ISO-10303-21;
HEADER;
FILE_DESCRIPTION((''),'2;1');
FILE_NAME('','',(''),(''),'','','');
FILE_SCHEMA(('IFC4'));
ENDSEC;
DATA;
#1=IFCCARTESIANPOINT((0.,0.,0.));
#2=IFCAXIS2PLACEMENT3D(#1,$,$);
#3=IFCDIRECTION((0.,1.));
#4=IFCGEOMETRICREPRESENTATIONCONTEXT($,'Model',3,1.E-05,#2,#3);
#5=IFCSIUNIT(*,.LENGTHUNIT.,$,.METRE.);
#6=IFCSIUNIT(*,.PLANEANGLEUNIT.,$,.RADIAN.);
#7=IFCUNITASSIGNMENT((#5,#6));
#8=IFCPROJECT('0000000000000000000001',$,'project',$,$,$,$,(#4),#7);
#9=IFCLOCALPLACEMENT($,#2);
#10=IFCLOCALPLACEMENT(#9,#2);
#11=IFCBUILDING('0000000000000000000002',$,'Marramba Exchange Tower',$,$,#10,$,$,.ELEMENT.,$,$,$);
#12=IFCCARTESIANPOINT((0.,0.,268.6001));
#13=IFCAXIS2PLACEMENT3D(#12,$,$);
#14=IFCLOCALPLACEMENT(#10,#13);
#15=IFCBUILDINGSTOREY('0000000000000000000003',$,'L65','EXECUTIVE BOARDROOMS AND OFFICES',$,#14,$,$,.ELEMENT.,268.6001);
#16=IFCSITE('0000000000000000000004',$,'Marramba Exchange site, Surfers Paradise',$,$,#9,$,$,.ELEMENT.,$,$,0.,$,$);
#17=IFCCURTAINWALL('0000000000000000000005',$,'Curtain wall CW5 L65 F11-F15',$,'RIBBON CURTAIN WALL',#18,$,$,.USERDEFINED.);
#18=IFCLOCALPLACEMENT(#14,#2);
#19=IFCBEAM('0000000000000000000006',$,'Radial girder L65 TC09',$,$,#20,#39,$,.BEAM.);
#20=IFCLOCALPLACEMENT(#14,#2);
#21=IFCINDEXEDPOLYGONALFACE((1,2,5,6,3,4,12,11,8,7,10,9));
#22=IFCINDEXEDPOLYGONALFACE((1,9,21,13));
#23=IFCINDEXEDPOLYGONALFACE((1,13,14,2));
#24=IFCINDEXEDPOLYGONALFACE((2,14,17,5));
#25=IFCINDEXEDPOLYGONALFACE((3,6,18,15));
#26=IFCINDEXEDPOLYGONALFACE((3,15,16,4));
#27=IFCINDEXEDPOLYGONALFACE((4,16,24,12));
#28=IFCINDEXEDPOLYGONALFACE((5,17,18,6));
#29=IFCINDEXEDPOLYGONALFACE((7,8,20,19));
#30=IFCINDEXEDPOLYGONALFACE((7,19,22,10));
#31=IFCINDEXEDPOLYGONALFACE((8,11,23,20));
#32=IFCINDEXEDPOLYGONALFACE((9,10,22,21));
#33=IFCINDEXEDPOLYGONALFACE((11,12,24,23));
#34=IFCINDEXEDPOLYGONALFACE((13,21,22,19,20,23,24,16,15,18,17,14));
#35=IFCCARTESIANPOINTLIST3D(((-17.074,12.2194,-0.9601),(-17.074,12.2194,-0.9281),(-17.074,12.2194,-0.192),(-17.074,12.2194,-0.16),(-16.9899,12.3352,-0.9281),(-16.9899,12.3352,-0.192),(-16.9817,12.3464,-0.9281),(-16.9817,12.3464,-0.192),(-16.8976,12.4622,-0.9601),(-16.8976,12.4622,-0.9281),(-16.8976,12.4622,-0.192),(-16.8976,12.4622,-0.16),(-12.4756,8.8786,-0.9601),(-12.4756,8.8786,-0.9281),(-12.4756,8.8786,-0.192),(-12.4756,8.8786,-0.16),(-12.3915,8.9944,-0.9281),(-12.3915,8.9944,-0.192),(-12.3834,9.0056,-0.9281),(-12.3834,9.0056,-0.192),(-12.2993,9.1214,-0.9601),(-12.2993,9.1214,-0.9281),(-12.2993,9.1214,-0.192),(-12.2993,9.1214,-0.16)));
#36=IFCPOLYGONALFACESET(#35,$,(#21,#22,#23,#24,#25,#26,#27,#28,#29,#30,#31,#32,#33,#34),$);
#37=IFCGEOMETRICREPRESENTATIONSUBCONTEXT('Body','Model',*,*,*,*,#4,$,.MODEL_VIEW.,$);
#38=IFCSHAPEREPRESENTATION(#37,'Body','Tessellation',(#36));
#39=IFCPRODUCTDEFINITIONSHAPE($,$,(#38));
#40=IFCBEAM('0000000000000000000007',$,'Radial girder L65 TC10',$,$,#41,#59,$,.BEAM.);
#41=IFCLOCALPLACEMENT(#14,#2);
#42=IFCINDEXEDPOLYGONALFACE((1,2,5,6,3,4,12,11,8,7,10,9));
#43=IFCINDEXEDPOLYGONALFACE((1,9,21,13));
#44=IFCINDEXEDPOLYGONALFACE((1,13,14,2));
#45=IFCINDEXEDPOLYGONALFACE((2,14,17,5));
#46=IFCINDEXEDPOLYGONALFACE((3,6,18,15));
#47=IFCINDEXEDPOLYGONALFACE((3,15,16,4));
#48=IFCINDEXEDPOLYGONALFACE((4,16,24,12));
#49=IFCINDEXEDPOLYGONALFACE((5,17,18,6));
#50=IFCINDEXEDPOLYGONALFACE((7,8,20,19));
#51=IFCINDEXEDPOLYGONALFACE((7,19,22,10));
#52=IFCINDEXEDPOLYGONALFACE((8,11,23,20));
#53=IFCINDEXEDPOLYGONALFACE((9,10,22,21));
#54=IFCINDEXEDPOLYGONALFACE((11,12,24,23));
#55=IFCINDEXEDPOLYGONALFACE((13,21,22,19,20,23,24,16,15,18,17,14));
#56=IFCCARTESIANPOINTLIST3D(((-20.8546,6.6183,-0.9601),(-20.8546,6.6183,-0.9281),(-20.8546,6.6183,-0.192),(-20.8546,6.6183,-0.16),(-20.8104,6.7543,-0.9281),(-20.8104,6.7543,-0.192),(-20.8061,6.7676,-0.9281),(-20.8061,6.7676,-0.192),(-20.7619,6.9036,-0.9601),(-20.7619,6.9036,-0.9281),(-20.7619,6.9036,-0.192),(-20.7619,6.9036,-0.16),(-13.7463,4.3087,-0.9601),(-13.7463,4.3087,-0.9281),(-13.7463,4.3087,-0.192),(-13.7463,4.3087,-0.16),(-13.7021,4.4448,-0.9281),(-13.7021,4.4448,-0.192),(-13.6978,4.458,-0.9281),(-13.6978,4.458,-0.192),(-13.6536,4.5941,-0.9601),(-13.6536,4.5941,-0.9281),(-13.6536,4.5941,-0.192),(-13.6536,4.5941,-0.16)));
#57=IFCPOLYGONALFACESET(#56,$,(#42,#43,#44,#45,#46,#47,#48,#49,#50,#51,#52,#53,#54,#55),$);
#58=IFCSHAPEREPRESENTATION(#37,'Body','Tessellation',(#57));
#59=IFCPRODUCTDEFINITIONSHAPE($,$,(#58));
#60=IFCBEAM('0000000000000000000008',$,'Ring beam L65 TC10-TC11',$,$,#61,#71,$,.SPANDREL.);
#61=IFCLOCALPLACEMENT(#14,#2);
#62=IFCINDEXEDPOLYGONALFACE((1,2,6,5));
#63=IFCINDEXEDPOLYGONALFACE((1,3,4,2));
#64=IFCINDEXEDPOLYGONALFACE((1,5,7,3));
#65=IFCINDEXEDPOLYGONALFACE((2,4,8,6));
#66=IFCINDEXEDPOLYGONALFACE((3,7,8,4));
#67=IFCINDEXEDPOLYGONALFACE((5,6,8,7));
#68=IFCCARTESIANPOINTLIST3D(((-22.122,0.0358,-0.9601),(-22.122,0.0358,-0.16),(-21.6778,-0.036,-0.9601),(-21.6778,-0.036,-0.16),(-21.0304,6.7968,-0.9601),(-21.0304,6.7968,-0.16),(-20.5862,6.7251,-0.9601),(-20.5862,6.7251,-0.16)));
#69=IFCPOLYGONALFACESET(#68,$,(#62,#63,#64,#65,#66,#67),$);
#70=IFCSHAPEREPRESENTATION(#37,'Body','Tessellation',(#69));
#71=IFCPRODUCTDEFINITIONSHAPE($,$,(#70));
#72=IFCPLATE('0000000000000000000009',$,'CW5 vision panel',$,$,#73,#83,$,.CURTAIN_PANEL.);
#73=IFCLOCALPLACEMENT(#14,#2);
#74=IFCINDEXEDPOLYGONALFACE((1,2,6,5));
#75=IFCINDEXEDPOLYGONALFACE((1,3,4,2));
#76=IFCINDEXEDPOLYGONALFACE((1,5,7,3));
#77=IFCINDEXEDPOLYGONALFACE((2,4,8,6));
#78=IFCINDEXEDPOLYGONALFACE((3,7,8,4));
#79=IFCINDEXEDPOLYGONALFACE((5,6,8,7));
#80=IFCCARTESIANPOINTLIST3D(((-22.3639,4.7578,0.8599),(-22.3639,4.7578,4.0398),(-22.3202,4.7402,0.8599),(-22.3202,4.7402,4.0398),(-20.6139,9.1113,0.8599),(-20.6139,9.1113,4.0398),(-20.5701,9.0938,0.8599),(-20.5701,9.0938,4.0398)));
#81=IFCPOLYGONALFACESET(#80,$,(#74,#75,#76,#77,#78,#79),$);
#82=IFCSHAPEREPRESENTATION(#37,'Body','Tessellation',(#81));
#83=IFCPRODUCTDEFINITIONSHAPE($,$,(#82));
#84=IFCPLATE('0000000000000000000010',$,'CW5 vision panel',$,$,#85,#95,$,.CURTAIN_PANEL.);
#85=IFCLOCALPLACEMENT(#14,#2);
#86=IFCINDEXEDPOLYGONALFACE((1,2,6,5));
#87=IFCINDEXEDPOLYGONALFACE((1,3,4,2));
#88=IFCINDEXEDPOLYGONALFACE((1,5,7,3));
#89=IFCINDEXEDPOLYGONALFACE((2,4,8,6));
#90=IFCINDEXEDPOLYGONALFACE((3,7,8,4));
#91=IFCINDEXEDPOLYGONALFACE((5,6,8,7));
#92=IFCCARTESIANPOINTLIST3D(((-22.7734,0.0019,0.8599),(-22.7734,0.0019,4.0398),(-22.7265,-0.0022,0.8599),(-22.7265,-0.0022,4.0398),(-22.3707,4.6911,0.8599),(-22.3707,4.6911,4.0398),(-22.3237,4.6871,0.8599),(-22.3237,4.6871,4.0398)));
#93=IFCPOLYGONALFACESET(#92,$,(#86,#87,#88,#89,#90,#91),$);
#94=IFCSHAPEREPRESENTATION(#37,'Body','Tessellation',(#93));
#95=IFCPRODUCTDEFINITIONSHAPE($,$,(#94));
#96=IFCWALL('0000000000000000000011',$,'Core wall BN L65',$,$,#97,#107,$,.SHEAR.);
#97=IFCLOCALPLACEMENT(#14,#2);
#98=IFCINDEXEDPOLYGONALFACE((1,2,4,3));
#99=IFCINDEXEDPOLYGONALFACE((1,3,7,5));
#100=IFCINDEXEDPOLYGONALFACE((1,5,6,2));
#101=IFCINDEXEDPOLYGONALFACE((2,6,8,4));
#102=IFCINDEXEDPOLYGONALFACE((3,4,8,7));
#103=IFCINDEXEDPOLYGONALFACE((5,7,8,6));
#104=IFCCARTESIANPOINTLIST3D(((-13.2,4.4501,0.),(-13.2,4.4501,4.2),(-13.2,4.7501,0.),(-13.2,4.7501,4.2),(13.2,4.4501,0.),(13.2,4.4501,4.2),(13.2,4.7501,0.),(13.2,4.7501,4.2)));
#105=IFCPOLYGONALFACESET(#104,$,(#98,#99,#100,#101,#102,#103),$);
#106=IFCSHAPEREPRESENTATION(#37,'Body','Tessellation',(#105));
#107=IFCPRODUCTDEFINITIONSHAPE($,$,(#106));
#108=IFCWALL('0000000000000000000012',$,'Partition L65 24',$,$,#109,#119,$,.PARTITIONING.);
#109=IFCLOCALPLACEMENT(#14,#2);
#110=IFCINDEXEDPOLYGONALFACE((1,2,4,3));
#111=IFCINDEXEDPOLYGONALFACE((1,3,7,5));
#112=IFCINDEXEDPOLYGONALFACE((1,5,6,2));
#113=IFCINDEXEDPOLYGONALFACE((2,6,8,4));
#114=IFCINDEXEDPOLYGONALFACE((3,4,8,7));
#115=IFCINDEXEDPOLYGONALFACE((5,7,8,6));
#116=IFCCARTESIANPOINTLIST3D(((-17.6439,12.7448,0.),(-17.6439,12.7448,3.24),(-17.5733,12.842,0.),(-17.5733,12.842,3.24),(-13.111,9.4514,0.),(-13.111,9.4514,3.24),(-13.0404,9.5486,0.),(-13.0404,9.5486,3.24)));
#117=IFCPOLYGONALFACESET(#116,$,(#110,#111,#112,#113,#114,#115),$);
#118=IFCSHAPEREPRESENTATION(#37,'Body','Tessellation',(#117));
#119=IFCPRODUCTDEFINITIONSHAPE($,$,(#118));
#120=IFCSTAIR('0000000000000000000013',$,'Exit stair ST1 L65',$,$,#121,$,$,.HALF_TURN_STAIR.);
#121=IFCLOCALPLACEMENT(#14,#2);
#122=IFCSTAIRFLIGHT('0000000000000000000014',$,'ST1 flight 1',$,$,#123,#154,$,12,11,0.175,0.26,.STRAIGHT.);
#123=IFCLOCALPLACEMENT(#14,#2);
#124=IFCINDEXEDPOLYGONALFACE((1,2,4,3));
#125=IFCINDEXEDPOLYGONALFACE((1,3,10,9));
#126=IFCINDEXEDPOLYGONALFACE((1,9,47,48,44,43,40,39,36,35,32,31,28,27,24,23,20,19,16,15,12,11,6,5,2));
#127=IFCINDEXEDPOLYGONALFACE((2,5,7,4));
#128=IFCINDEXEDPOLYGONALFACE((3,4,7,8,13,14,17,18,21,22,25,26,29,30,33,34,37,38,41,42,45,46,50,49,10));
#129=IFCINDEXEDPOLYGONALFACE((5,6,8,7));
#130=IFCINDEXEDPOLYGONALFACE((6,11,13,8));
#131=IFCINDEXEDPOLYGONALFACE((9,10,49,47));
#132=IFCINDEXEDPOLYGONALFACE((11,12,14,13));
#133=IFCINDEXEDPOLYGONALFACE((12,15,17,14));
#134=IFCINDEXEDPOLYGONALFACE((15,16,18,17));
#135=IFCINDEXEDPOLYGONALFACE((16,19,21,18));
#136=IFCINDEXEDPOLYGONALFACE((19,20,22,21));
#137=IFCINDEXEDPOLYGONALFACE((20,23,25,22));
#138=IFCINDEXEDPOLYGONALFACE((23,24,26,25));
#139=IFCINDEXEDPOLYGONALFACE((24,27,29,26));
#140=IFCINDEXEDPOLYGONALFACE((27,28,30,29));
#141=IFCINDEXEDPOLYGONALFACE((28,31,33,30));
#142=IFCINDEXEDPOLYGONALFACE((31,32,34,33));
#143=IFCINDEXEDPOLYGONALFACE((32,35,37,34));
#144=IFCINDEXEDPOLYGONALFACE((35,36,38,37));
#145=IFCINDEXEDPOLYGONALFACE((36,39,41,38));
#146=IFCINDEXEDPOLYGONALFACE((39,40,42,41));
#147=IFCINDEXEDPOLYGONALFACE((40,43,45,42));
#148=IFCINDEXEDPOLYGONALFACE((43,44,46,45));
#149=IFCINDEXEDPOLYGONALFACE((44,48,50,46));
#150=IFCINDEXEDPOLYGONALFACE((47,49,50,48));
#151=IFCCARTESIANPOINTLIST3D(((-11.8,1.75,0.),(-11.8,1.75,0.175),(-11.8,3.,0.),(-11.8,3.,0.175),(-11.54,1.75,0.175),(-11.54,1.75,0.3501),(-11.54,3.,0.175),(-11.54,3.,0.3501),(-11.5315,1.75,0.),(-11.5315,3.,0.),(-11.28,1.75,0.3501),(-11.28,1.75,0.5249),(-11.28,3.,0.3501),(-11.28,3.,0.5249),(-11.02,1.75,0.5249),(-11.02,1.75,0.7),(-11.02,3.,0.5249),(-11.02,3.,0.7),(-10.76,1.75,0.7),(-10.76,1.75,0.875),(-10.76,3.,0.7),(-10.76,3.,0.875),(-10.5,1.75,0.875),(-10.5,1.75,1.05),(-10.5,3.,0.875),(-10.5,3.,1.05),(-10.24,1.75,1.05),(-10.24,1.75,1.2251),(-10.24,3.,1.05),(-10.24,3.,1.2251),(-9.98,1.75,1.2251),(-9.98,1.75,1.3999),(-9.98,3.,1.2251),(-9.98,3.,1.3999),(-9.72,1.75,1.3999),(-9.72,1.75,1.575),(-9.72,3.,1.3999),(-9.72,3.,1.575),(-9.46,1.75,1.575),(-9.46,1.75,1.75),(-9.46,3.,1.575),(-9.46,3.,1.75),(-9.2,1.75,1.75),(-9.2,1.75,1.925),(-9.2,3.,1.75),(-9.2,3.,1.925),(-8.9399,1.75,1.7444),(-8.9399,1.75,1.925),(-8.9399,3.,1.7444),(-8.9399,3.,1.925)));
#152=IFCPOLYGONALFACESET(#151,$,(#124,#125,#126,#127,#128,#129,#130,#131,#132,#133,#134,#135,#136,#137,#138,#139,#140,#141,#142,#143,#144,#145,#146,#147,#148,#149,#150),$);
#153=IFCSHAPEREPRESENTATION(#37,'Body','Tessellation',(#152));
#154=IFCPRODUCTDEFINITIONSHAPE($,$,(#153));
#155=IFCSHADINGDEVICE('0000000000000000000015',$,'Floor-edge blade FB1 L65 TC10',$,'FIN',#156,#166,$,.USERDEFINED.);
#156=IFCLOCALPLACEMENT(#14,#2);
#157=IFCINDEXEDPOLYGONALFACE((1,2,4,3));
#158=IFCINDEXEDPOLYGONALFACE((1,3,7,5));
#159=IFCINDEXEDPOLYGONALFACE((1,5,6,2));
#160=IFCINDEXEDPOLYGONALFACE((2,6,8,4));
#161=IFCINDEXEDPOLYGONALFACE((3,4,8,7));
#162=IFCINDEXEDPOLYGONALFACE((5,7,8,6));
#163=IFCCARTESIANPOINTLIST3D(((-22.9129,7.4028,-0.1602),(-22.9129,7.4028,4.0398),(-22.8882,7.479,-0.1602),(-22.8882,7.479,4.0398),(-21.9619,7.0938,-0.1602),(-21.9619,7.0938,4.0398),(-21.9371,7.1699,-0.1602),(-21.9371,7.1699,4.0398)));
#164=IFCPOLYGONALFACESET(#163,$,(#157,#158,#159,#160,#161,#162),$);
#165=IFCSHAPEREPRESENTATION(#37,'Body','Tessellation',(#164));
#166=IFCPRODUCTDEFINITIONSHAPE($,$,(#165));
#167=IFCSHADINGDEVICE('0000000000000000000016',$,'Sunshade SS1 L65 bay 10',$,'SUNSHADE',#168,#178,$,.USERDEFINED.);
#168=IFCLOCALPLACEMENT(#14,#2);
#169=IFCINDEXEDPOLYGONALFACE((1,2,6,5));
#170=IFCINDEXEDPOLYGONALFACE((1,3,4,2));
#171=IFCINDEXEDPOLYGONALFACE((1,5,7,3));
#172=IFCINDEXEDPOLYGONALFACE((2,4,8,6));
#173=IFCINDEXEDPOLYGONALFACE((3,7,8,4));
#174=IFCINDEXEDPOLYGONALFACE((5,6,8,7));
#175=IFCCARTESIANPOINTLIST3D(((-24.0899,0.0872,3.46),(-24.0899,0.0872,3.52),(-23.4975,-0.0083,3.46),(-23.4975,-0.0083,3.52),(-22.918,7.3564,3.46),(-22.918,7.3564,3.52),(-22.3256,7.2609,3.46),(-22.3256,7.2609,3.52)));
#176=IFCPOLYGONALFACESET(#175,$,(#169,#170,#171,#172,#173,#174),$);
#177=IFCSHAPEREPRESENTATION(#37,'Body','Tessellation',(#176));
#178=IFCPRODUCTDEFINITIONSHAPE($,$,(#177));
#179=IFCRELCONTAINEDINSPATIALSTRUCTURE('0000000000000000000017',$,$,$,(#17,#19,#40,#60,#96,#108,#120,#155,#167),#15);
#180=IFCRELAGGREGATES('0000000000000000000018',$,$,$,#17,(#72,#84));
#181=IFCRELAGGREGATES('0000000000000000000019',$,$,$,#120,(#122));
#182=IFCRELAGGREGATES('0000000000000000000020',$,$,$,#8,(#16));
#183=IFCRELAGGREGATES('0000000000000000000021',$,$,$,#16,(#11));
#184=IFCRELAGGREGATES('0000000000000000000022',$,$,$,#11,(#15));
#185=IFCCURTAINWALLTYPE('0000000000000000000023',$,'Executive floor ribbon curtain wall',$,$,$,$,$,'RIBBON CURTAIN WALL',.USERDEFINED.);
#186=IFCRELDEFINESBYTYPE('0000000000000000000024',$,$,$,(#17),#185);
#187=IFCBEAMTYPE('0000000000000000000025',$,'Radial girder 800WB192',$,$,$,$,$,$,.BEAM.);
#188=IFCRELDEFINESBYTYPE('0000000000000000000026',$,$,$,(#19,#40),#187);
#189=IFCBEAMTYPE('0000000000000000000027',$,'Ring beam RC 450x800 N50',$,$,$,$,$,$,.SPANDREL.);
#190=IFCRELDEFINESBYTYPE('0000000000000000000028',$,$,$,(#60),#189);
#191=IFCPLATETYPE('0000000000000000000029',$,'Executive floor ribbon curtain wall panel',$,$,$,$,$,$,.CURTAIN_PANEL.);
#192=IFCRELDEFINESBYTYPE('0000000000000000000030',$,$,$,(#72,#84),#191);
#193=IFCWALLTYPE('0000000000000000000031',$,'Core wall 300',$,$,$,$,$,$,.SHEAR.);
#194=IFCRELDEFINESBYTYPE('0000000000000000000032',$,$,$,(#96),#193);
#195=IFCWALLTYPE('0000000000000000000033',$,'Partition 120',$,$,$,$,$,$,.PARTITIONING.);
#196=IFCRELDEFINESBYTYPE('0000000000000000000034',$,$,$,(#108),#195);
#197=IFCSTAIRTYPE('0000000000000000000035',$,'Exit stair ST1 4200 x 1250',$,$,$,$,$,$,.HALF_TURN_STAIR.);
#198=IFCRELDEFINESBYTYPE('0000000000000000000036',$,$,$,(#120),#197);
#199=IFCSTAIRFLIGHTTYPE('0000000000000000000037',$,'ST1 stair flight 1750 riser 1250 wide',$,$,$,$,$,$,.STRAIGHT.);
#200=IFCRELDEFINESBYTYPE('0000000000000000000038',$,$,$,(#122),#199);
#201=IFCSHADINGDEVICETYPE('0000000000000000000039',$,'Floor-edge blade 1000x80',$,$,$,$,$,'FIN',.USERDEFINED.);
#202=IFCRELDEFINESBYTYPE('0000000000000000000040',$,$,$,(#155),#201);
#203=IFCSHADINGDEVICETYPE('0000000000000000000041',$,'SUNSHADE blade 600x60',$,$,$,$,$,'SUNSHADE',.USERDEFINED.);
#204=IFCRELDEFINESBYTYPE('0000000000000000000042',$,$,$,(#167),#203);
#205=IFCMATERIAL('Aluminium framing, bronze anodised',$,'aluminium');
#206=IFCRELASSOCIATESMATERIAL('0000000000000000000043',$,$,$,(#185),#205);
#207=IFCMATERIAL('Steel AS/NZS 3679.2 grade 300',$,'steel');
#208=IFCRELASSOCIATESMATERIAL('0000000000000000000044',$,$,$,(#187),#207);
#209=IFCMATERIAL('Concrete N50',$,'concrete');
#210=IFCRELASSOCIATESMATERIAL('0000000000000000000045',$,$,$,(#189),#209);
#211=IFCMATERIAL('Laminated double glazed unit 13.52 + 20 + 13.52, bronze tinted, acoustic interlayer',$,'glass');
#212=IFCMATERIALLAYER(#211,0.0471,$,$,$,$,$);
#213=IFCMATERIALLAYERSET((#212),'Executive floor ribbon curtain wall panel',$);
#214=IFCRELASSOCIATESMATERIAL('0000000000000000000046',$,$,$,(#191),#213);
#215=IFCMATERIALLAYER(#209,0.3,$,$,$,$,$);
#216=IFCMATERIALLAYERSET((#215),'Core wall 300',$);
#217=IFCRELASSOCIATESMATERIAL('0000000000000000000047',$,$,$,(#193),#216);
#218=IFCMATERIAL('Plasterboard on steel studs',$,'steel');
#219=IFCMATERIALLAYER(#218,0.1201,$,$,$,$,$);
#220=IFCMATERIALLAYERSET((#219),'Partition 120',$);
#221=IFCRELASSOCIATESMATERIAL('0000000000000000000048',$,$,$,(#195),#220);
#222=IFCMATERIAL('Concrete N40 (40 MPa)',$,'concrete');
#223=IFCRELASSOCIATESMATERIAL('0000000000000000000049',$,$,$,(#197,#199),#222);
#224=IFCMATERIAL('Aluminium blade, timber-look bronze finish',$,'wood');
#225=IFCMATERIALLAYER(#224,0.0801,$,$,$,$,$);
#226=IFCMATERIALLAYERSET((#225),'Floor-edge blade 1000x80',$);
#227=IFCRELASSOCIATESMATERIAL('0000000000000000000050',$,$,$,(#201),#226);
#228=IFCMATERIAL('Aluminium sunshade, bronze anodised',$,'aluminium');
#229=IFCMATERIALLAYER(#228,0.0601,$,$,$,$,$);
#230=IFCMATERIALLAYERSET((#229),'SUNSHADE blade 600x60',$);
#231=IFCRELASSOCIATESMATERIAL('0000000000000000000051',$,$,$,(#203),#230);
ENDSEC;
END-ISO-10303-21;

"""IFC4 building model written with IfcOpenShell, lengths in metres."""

from ifc_helpers import new_model, si_unit, direction, frame, frame_2d, origin, origin_2d, place, context, subcontext, project, spatial, polyline, rectangle, i_section, outline, extrude, material, layer, layer_set, material_profile, profile_set, type_object, element, aggregate, save


model = new_model("IFC4")

# Units and contexts
model_context = context("Model", 3, precision=1e-05, world=origin(), true_north=direction((0.0, 1.0)))
body_context = subcontext(model_context, "Body", "Model", "MODEL_VIEW")
ifc_project = project(units=[si_unit("LENGTHUNIT", "METRE"), si_unit("PLANEANGLEUNIT", "RADIAN")], contexts=[model_context])

# Site, building, storey
site_placement = place(None, origin())
site = spatial("IfcSite", under=ifc_project, at=site_placement, Name="Marramba Exchange site, Surfers Paradise", CompositionType="ELEMENT", RefElevation=0.0)
building_placement = place(site_placement, origin())
building = spatial("IfcBuilding", under=site, at=building_placement, Name="Marramba Exchange Tower", CompositionType="ELEMENT")
storey_placement = place(building_placement, frame((0.0, 0.0, 268.6001)))
storey = spatial("IfcBuildingStorey", under=building, at=storey_placement, Name="L65", Description="EXECUTIVE BOARDROOMS AND OFFICES", CompositionType="ELEMENT", Elevation=268.6001)

# Shared definitions
ifc_material_1 = material(Name="Concrete N50", Category="concrete")

# Curtain wall
ifc_material_2 = material(Name="Aluminium framing, bronze anodised", Category="aluminium")
curtain_wall_type = type_object("IfcCurtainWallType", Name="Executive floor ribbon curtain wall", ElementType="RIBBON CURTAIN WALL", PredefinedType="USERDEFINED", material=ifc_material_2)
curtain_wall_placement = place(storey_placement, origin())
curtain_wall = element("IfcCurtainWall", 1, at=curtain_wall_placement, inside=storey, type_object=curtain_wall_type, Name="Curtain wall CW5 L65 F11-F15", ObjectType="RIBBON CURTAIN WALL", PredefinedType="USERDEFINED")

# Beams
ifc_material_3 = material(Name="Steel AS/NZS 3679.2 grade 300", Category="steel")
ifc_material_profile_1 = material_profile(ifc_material_3, i_section(OverallWidth=0.3, OverallDepth=0.8, WebThickness=0.0139, FlangeThickness=0.032, at=origin_2d()), Name="800WB192")
ifc_profile_set_1 = profile_set([ifc_material_profile_1], Name="Steel AS/NZS 3679.2 grade 300")
beam_type_1 = type_object("IfcBeamType", Name="Radial girder 800WB192", PredefinedType="BEAM", material=ifc_profile_set_1)
beam_1_placement = place(storey_placement, frame((-12.3875, 9.0, -0.5601), z_axis=(-0.809026, 0.587773, 0.0), x_axis=(-0.587773, -0.809026, 0.0)))
element("IfcBeam", 2, at=beam_1_placement, inside=storey, type_object=beam_type_1, Name="Radial girder L65 TC09", PredefinedType="BEAM", context=body_context, shape_type="SweptSolid", body=[
    extrude(i_section(OverallWidth=0.3, OverallDepth=0.8, WebThickness=0.0139, FlangeThickness=0.032, at=origin_2d()), origin(), (0.0, 0.0, 1.0), 5.6838),
])
beam_2_placement = place(storey_placement, frame((-13.7, 4.4514, -0.5601), z_axis=(-0.95106, 0.309006, 0.0), x_axis=(-0.309006, -0.95106, 0.0)))
element("IfcBeam", 3, at=beam_2_placement, inside=storey, type_object=beam_type_1, Name="Radial girder L65 TC10", PredefinedType="BEAM", context=body_context, shape_type="SweptSolid", body=[
    extrude(i_section(OverallWidth=0.3, OverallDepth=0.8, WebThickness=0.0139, FlangeThickness=0.032, at=origin_2d()), origin(), (0.0, 0.0, 1.0), 7.4741),
])
ifc_material_profile_2 = material_profile(ifc_material_1, rectangle(XDim=0.45, YDim=0.8, at=origin_2d()), Name="RC 450x800")
ifc_profile_set_2 = profile_set([ifc_material_profile_2], Name="Concrete N50")
beam_type_2 = type_object("IfcBeamType", Name="Ring beam RC 450x800 N50", PredefinedType="SPANDREL", material=ifc_profile_set_2)
beam_3_placement = place(storey_placement, frame((-20.8083, 6.761, -0.5601), z_axis=(-0.159385, -0.987217, 0.0), x_axis=(0.987217, -0.159385, 0.0)))
element("IfcBeam", 4, at=beam_3_placement, inside=storey, type_object=beam_type_2, Name="Ring beam L65 TC10-TC11", PredefinedType="SPANDREL", context=body_context, shape_type="SweptSolid", body=[
    extrude(rectangle(XDim=0.45, YDim=0.8, at=origin_2d()), origin(), (0.0, 0.0, 1.0), 6.8486),
])

# Plates
ifc_material_4 = material(Name="Laminated double glazed unit 13.52 + 20 + 13.52, bronze tinted, acoustic interlayer", Category="glass")
ifc_layer_1 = layer(ifc_material_4, 0.0471)
ifc_layer_set_1 = layer_set([ifc_layer_1], Name="Executive floor ribbon curtain wall panel")
plate_type = type_object("IfcPlateType", Name="Executive floor ribbon curtain wall panel", PredefinedType="CURTAIN_PANEL", material=ifc_layer_set_1)
plate_1_placement = place(storey_placement, frame((-21.467, 6.9258, 0.8599), z_axis=(0.0, 0.0, 1.0), x_axis=(-0.372983, -0.927838, 0.0)))
plate_1 = element("IfcPlate", 5, at=plate_1_placement, type_object=plate_type, Name="CW5 vision panel", PredefinedType="CURTAIN_PANEL", context=body_context, shape_type="SweptSolid", body=[
    extrude(rectangle(XDim=4.6921, YDim=0.0471, at=origin_2d()), origin(), (0.0, 0.0, 1.0), 3.1799),
])
plate_2_placement = place(storey_placement, frame((-22.5486, 2.3445, 0.8599), z_axis=(0.0, 0.0, 1.0), x_axis=(-0.085574, -0.996332, 0.0)))
plate_2 = element("IfcPlate", 6, at=plate_2_placement, type_object=plate_type, Name="CW5 vision panel", PredefinedType="CURTAIN_PANEL", context=body_context, shape_type="SweptSolid", body=[
    extrude(rectangle(XDim=4.7065, YDim=0.0471, at=origin_2d()), origin(), (0.0, 0.0, 1.0), 3.1799),
])
aggregate(curtain_wall, [plate_1, plate_2])

# Walls
ifc_layer_2 = layer(ifc_material_1, 0.3)
ifc_layer_set_2 = layer_set([ifc_layer_2], Name="Core wall 300")
wall_type_1 = type_object("IfcWallType", Name="Core wall 300", PredefinedType="SHEAR", material=ifc_layer_set_2)
wall_1_placement = place(storey_placement, frame((-13.2, 4.6001, 0.0), z_axis=(0.0, 0.0, 1.0), x_axis=(1.0, 0.0, 0.0)))
element("IfcWall", 7, at=wall_1_placement, inside=storey, type_object=wall_type_1, Name="Core wall BN L65", PredefinedType="SHEAR", context=body_context, shape_type="SweptSolid", body=[
    extrude(rectangle(XDim=26.3999, YDim=0.3, at=frame_2d((13.2, 0.0))), origin(), (0.0, 0.0, 1.0), 4.2),
])
ifc_material_5 = material(Name="Plasterboard on steel studs", Category="steel")
ifc_layer_3 = layer(ifc_material_5, 0.1201)
ifc_layer_set_3 = layer_set([ifc_layer_3], Name="Partition 120")
wall_type_2 = type_object("IfcWallType", Name="Partition 120", PredefinedType="PARTITIONING", material=ifc_layer_set_3)
wall_2_placement = place(storey_placement, frame((-13.0757, 9.5, 0.0), z_axis=(0.0, 0.0, 1.0), x_axis=(-0.809011, 0.587793, 0.0)))
element("IfcWall", 8, at=wall_2_placement, inside=storey, type_object=wall_type_2, Name="Partition L65 24", PredefinedType="PARTITIONING", context=body_context, shape_type="SweptSolid", body=[
    extrude(rectangle(XDim=5.603, YDim=0.1201, at=frame_2d((2.8015, 0.0))), origin(), (0.0, 0.0, 1.0), 3.24),
])

# Stair, stair flight
ifc_material_6 = material(Name="Concrete N40 (40 MPa)", Category="concrete")
stair_type = type_object("IfcStairType", Name="Exit stair ST1 4200 x 1250", PredefinedType="HALF_TURN_STAIR", material=ifc_material_6)
stair_placement = place(storey_placement, origin())
stair = element("IfcStair", 9, at=stair_placement, inside=storey, type_object=stair_type, Name="Exit stair ST1 L65", PredefinedType="HALF_TURN_STAIR")
stair_flight_type = type_object("IfcStairFlightType", Name="ST1 stair flight 1750 riser 1250 wide", PredefinedType="STRAIGHT", material=ifc_material_6)
stair_flight_placement = place(storey_placement, frame((-11.8, 2.375, 0.0), z_axis=(0.0, 0.0, 1.0), x_axis=(1.0, 0.0, 0.0)))
stair_flight = element("IfcStairFlight", 10, at=stair_flight_placement, type_object=stair_flight_type, Name="ST1 flight 1", NumberOfRisers=12, NumberOfTreads=11, PredefinedType="STRAIGHT", RiserHeight=0.175, TreadLength=0.26, context=body_context, shape_type="SweptSolid", body=[
    extrude(outline(polyline([(0.0, 0.0), (0.0, 0.175), (0.26, 0.175), (0.26, 0.3501), (0.52, 0.3501), (0.52, 0.5249), (0.78, 0.5249), (0.78, 0.7), (1.04, 0.7), (1.04, 0.875), (1.3, 0.875), (1.3, 1.05), (1.5601, 1.05), (1.5601, 1.2251), (1.8201, 1.2251), (1.8201, 1.3999), (2.0801, 1.3999), (2.0801, 1.575), (2.3401, 1.575), (2.3401, 1.75), (2.6001, 1.75), (2.6001, 1.925), (2.8601, 1.925), (2.8601, 2.1001), (2.8601, 1.7444), (0.2686, 0.0), (0.0, 0.0)])), frame((0.0, 0.625, 0.0), z_axis=(0.0, -1.0, 0.0), x_axis=(1.0, 0.0, 0.0)), (0.0, 0.0, 1.0), 1.25),
])
aggregate(stair, [stair_flight])

# Shading devices
ifc_material_7 = material(Name="Aluminium blade, timber-look bronze finish", Category="wood")
ifc_layer_4 = layer(ifc_material_7, 0.0801)
ifc_layer_set_4 = layer_set([ifc_layer_4], Name="Floor-edge blade 1000x80")
shading_device_type_1 = type_object("IfcShadingDeviceType", Name="Floor-edge blade 1000x80", ElementType="FIN", PredefinedType="USERDEFINED", material=ifc_layer_set_4)
shading_device_1_placement = place(storey_placement, frame((-22.425, 7.2864, -0.1602), z_axis=(0.0, 0.0, 1.0), x_axis=(-0.951057, 0.309017, 0.0)))
element("IfcShadingDevice", 11, at=shading_device_1_placement, inside=storey, type_object=shading_device_type_1, Name="Floor-edge blade FB1 L65 TC10", ObjectType="FIN", PredefinedType="USERDEFINED", context=body_context, shape_type="SweptSolid", body=[
    extrude(rectangle(XDim=1.0, YDim=0.0801, at=origin_2d()), origin(), (0.0, 0.0, 1.0), 4.2),
])
ifc_material_8 = material(Name="Aluminium sunshade, bronze anodised", Category="aluminium")
ifc_layer_5 = layer(ifc_material_8, 0.0601)
ifc_layer_set_5 = layer_set([ifc_layer_5], Name="SUNSHADE blade 600x60")
shading_device_type_2 = type_object("IfcShadingDeviceType", Name="SUNSHADE blade 600x60", ElementType="SUNSHADE", PredefinedType="USERDEFINED", material=ifc_layer_set_5)
shading_device_2_placement = place(storey_placement, frame((-23.2078, 3.6741, 3.46), z_axis=(0.0, 0.0, 1.0), x_axis=(-0.159158, -0.987253, 0.0)))
element("IfcShadingDevice", 12, at=shading_device_2_placement, inside=storey, type_object=shading_device_type_2, Name="Sunshade SS1 L65 bay 10", ObjectType="SUNSHADE", PredefinedType="USERDEFINED", context=body_context, shape_type="SweptSolid", body=[
    extrude(rectangle(XDim=7.363, YDim=0.6001, at=origin_2d()), origin(), (0.0, 0.0, 1.0), 0.0601),
])

save(model, "model.ifc")
